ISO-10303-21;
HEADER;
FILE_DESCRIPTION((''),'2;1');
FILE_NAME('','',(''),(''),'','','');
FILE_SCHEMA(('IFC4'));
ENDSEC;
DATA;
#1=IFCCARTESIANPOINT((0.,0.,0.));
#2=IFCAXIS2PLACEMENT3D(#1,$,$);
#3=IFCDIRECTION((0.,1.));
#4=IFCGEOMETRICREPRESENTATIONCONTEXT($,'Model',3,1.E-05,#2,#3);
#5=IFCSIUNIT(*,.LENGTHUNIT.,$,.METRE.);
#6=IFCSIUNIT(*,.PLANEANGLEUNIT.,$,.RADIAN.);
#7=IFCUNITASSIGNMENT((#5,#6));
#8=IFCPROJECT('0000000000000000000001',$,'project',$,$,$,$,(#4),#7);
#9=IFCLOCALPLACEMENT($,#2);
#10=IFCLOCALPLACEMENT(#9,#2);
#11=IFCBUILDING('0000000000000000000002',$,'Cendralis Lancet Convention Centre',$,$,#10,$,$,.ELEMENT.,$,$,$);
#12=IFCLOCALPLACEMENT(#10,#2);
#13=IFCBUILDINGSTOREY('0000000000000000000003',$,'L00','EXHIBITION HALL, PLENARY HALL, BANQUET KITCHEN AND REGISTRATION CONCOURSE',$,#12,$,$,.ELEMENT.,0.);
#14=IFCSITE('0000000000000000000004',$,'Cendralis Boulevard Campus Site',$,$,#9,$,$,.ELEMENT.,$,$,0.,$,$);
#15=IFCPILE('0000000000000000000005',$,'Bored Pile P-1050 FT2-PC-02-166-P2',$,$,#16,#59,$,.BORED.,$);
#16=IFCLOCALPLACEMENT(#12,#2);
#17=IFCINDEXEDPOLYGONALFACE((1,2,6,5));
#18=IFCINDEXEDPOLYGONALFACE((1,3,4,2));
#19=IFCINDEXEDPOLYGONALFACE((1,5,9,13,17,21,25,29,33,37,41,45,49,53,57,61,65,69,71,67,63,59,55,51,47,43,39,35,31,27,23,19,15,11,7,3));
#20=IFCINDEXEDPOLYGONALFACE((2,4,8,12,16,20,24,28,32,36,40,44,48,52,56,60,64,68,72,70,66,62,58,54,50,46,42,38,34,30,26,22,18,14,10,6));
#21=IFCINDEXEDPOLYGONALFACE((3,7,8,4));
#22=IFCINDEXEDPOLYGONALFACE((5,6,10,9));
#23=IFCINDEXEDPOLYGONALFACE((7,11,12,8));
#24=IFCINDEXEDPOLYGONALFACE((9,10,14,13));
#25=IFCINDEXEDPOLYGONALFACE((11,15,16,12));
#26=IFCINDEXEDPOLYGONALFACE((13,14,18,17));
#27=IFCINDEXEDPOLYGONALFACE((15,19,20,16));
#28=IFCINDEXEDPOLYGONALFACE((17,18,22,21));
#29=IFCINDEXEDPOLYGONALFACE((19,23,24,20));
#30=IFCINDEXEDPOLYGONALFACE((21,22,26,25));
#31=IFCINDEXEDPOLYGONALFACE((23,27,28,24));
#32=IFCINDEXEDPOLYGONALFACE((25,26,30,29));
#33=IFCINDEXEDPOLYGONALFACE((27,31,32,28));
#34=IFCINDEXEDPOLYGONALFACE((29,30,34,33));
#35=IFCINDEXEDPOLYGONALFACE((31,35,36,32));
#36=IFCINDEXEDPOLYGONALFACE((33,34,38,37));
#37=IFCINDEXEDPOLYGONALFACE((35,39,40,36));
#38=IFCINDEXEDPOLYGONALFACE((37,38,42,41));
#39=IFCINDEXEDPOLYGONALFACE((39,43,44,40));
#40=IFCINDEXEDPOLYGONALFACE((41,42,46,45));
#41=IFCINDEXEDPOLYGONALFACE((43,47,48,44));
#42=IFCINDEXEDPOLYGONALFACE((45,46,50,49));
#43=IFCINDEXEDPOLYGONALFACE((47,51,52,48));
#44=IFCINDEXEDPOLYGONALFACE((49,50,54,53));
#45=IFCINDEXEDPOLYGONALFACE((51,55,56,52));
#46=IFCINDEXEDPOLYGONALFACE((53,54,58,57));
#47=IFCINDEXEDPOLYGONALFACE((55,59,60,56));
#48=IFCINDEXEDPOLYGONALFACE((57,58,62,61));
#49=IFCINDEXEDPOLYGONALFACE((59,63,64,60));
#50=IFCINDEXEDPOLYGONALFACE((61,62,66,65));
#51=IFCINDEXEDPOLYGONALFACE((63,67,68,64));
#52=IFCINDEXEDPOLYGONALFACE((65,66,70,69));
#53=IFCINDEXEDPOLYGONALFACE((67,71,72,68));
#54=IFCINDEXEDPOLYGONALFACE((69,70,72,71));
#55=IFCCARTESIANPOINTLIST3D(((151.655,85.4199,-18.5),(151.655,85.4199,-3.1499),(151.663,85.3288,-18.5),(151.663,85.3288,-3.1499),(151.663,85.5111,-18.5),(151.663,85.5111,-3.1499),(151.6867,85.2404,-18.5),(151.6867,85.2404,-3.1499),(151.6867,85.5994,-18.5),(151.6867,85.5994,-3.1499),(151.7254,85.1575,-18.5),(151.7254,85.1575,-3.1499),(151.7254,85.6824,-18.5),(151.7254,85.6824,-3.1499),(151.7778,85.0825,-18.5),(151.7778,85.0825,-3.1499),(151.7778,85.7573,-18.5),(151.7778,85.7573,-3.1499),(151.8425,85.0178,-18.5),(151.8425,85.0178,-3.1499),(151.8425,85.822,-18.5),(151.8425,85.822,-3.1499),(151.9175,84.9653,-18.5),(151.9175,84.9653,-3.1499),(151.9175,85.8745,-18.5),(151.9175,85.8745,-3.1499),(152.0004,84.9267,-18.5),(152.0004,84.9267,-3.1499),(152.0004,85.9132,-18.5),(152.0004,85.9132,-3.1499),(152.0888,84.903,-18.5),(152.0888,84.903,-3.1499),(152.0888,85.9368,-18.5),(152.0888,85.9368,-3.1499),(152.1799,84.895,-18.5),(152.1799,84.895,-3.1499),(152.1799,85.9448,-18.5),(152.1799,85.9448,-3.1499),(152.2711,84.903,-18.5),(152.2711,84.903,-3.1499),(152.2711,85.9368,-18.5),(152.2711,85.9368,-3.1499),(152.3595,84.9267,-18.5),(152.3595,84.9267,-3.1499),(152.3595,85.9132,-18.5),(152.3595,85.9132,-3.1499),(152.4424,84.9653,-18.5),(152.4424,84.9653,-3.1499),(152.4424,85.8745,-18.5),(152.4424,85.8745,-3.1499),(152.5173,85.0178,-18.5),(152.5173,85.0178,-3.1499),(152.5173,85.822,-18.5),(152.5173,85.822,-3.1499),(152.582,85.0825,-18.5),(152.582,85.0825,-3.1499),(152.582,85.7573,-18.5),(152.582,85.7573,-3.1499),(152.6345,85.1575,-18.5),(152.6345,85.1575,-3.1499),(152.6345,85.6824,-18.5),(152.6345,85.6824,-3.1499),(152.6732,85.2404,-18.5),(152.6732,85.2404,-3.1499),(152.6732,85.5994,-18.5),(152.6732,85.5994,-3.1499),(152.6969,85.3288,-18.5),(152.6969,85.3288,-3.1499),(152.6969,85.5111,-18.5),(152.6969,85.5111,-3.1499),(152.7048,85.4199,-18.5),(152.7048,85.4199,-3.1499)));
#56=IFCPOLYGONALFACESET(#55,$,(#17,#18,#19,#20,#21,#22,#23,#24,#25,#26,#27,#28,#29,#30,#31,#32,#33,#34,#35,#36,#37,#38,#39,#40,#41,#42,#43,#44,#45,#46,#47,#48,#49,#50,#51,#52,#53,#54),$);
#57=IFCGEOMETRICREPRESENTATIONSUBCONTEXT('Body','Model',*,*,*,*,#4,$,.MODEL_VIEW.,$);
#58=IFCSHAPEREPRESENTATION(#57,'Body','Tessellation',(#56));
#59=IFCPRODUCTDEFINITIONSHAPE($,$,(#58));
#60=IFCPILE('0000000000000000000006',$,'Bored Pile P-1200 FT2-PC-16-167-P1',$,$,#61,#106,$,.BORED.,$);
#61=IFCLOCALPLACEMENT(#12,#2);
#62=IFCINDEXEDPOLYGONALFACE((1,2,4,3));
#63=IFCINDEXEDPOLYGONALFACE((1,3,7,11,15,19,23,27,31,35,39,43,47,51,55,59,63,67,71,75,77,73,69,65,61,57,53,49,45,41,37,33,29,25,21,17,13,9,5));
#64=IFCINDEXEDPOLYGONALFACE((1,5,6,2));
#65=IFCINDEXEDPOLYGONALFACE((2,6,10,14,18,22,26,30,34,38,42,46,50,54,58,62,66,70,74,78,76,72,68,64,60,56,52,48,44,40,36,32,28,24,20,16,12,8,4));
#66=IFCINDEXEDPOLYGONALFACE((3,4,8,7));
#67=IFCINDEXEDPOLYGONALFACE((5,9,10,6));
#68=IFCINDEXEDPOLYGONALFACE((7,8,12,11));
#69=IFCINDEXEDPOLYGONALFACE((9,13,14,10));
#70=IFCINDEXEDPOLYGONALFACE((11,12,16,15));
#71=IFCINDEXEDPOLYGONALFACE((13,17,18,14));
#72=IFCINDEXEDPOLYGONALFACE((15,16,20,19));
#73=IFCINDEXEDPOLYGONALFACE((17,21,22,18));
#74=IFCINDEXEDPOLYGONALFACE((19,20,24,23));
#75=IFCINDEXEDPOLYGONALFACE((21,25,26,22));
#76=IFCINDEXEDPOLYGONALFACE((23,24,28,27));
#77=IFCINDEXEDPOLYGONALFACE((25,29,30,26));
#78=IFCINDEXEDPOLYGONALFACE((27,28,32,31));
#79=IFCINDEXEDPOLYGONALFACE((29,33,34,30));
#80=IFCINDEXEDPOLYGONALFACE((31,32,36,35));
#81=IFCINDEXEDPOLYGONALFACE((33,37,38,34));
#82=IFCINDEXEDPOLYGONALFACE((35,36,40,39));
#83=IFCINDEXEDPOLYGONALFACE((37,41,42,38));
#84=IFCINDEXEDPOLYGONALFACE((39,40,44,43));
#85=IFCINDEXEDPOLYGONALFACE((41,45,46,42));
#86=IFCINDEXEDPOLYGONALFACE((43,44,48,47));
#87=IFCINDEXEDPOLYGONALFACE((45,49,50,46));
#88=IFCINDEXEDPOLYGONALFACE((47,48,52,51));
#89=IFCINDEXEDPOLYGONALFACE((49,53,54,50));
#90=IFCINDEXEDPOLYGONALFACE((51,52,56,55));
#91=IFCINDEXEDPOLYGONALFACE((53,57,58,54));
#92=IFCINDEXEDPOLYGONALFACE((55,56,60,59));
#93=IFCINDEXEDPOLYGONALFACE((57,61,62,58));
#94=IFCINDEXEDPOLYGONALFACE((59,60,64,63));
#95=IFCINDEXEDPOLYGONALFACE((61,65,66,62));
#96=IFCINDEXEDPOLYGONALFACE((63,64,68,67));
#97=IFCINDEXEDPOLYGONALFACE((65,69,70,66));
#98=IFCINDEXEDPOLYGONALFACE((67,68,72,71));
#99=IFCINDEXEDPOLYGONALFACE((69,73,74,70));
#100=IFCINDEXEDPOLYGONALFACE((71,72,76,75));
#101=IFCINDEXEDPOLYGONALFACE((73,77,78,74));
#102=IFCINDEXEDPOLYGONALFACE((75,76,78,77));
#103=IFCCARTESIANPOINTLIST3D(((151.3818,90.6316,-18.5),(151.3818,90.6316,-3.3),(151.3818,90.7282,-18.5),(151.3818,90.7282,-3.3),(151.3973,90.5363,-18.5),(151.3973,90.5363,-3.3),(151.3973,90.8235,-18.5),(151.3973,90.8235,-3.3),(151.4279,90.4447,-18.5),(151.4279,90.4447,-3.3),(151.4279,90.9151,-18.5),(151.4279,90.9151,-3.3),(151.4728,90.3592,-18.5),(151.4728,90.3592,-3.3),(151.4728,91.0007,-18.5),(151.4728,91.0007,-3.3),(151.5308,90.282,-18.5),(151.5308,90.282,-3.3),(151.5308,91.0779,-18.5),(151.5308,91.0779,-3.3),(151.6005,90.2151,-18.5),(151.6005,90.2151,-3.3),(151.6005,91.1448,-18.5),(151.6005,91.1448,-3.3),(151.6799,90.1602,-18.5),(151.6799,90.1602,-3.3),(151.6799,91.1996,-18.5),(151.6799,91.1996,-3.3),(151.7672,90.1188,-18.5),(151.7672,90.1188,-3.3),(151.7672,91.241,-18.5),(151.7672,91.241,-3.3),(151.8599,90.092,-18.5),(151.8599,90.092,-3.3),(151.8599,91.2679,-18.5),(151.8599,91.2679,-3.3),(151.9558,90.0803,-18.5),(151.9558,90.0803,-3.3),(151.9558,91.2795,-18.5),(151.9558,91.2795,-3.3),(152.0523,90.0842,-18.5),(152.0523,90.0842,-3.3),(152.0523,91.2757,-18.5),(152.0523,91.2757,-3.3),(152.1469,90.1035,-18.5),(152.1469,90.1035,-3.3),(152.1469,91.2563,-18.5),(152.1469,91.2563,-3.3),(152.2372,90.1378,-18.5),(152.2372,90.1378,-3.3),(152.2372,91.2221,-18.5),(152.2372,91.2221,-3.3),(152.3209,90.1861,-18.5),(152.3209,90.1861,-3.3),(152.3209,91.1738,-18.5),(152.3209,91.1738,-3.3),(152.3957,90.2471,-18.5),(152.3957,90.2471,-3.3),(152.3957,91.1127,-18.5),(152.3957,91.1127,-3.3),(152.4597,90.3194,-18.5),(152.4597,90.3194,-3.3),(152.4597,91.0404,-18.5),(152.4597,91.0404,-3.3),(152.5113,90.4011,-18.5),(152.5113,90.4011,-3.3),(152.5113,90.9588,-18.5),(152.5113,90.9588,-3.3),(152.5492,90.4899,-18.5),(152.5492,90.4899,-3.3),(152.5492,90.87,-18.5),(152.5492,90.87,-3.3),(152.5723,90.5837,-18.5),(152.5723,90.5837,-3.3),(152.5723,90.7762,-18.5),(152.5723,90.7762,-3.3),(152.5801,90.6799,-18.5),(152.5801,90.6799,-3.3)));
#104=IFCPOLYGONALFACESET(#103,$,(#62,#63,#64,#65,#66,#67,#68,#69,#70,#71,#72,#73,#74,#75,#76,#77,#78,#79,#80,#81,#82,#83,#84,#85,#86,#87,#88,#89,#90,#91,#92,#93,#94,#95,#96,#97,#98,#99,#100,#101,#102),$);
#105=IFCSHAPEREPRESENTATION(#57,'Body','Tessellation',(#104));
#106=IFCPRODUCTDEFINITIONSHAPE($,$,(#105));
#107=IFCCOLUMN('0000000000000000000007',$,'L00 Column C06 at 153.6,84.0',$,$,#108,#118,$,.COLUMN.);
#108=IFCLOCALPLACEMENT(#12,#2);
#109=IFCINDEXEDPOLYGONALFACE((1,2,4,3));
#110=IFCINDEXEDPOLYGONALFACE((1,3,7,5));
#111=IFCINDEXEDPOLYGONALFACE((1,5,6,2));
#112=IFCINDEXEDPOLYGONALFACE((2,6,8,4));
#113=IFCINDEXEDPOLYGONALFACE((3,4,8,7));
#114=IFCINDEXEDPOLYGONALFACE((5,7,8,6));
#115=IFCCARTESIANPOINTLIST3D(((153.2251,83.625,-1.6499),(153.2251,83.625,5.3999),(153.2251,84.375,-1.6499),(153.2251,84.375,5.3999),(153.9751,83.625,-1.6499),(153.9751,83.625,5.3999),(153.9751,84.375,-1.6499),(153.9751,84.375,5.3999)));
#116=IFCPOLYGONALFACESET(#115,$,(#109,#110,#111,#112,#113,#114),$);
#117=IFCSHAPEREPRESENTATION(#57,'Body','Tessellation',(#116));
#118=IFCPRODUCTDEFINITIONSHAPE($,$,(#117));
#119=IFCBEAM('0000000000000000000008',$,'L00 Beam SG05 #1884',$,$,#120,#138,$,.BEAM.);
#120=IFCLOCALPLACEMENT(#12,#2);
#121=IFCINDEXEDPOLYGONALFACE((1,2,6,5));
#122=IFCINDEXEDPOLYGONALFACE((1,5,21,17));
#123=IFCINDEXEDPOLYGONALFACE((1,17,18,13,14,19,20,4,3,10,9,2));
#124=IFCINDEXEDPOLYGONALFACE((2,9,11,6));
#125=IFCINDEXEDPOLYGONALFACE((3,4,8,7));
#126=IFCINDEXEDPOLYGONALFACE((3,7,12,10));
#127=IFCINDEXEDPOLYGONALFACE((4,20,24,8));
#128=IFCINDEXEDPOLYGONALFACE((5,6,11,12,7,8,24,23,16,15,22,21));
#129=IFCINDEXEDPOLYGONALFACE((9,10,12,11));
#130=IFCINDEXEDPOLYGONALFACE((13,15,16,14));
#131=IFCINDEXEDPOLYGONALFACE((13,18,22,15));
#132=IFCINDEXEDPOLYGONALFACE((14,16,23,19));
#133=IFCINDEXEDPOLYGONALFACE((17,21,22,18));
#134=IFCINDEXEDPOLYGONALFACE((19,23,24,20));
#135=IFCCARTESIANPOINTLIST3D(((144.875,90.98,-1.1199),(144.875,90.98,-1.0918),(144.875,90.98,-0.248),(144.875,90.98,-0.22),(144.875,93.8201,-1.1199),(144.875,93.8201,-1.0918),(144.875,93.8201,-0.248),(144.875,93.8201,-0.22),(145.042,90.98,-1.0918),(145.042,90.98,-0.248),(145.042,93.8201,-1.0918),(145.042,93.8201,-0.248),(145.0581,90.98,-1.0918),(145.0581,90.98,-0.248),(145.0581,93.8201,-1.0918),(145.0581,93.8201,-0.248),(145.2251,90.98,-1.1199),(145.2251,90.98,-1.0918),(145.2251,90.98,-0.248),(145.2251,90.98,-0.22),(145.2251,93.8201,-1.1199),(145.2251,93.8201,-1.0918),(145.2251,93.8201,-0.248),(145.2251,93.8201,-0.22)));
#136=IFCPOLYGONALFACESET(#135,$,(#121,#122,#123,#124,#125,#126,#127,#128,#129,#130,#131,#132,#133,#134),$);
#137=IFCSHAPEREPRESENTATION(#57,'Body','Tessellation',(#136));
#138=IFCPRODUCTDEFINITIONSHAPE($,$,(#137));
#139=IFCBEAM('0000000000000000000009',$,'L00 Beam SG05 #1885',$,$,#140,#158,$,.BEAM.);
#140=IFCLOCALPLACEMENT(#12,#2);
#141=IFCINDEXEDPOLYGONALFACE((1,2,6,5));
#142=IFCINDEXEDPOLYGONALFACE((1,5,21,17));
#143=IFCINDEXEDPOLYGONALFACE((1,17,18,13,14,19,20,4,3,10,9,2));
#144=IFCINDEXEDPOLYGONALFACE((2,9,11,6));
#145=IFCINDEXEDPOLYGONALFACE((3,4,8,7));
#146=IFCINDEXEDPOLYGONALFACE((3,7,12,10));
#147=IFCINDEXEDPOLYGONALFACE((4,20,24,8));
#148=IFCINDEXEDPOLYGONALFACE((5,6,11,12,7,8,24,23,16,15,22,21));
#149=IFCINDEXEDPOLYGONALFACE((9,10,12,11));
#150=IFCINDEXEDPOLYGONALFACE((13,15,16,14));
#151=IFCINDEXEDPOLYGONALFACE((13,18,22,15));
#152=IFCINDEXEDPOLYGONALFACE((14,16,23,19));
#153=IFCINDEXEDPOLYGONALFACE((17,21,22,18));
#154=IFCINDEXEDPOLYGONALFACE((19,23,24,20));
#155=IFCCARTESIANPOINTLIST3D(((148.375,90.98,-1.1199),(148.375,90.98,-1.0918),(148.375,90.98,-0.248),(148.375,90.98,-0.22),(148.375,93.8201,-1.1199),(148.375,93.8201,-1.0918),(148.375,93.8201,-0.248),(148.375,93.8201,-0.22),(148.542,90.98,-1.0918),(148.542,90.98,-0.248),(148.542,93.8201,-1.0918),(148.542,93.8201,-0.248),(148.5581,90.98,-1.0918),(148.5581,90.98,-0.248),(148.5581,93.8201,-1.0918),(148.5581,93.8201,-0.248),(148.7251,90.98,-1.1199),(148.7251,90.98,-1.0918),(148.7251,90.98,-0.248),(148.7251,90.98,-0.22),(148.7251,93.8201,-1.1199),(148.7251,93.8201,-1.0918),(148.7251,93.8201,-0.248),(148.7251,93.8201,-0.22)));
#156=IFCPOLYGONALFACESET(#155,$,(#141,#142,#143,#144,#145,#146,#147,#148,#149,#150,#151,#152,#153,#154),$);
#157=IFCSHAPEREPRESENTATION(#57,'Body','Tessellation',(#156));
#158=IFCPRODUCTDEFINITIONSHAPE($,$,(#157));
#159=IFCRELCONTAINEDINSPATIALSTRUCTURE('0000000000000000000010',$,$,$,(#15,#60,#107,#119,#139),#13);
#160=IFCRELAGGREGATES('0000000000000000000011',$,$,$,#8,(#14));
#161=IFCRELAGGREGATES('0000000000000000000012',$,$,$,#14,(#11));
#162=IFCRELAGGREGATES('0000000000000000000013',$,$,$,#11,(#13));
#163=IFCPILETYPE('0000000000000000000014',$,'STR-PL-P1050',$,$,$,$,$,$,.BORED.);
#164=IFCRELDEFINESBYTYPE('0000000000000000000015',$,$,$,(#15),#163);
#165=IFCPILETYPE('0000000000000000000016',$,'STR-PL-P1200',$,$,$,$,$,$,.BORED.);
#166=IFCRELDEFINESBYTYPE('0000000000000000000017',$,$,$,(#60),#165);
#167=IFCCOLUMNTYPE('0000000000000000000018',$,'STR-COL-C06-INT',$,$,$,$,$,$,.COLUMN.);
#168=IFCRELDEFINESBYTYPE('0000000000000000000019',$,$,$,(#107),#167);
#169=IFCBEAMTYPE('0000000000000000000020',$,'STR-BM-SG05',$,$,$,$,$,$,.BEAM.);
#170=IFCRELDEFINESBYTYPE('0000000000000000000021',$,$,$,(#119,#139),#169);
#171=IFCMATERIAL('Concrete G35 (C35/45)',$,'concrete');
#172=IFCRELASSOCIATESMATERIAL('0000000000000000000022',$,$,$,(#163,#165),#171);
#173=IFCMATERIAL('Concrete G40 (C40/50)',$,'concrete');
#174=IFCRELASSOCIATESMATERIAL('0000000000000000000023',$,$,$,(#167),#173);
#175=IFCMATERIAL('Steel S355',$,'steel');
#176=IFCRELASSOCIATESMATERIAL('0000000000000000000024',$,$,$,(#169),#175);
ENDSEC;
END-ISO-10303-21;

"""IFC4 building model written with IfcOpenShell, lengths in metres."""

from ifc_helpers import new_model, si_unit, direction, frame, origin, origin_2d, place, context, subcontext, project, spatial, rectangle, circle, i_section, extrude, material, material_profile, profile_set, type_object, element, save


model = new_model("IFC4")

# Units and contexts
model_context = context("Model", 3, precision=1e-05, world=origin(), true_north=direction((0.0, 1.0)))
body_context = subcontext(model_context, "Body", "Model", "MODEL_VIEW")
ifc_project = project(units=[si_unit("LENGTHUNIT", "METRE"), si_unit("PLANEANGLEUNIT", "RADIAN")], contexts=[model_context])

# Site, building, storey
site_placement = place(None, origin())
site = spatial("IfcSite", under=ifc_project, at=site_placement, Name="Cendralis Boulevard Campus Site", CompositionType="ELEMENT", RefElevation=0.0)
building_placement = place(site_placement, origin())
building = spatial("IfcBuilding", under=site, at=building_placement, Name="Cendralis Lancet Convention Centre", CompositionType="ELEMENT")
storey_placement = place(building_placement, origin())
storey = spatial("IfcBuildingStorey", under=building, at=storey_placement, Name="L00", Description="EXHIBITION HALL, PLENARY HALL, BANQUET KITCHEN AND REGISTRATION CONCOURSE", CompositionType="ELEMENT", Elevation=0.0)

# Shared definitions
ifc_material_1 = material(Name="Concrete G35 (C35/45)", Category="concrete")

# Piles
ifc_material_profile_1 = material_profile(ifc_material_1, circle(Radius=0.5249, at=origin_2d()), Name="BORED PILE D1050")
ifc_profile_set_1 = profile_set([ifc_material_profile_1], Name="Concrete G35 (C35/45)")
pile_type_1 = type_object("IfcPileType", Name="STR-PL-P1050", PredefinedType="BORED", material=ifc_profile_set_1)
for number, where, z_axis, x_axis, name in (
    (1, (152.1799, 85.4199, -3.1499), (0.0, 0.0, -1.0), (1.0, 0.0, 0.0), "Bored Pile P-1050 FT2-PC-02-166-P2"),
):
    element("IfcPile", number, at=place(storey_placement, frame(where, z_axis=z_axis, x_axis=x_axis)), inside=storey, type_object=pile_type_1, Name=name, PredefinedType="BORED", context=body_context, shape_type="SweptSolid", body=[
        extrude(circle(Radius=0.5249, at=origin_2d()), origin(), (0.0, 0.0, 1.0), 15.3501),
    ])
ifc_material_profile_2 = material_profile(ifc_material_1, circle(Radius=0.6001, at=origin_2d()), Name="BORED PILE D1200")
ifc_profile_set_2 = profile_set([ifc_material_profile_2], Name="Concrete G35 (C35/45)")
pile_type_2 = type_object("IfcPileType", Name="STR-PL-P1200", PredefinedType="BORED", material=ifc_profile_set_2)
pile_placement = place(storey_placement, frame((151.98, 90.6799, -3.3), z_axis=(0.0, 0.0, -1.0), x_axis=(1.0, 0.0, 0.0)))
element("IfcPile", 2, at=pile_placement, inside=storey, type_object=pile_type_2, Name="Bored Pile P-1200 FT2-PC-16-167-P1", PredefinedType="BORED", context=body_context, shape_type="SweptSolid", body=[
    extrude(circle(Radius=0.6001, at=origin_2d()), origin(), (0.0, 0.0, 1.0), 15.2),
])

# Column
ifc_material_2 = material(Name="Concrete G40 (C40/50)", Category="concrete")
ifc_material_profile_3 = material_profile(ifc_material_2, rectangle(XDim=0.75, YDim=0.75, at=origin_2d()), Name="RC 750x750")
ifc_profile_set_3 = profile_set([ifc_material_profile_3], Name="Concrete G40 (C40/50)")
column_type = type_object("IfcColumnType", Name="STR-COL-C06-INT", PredefinedType="COLUMN", material=ifc_profile_set_3)
column_placement = place(storey_placement, frame((153.6001, 84.0, -1.6499), z_axis=(0.0, 0.0, 1.0), x_axis=(1.0, 0.0, 0.0)))
element("IfcColumn", 3, at=column_placement, inside=storey, type_object=column_type, Name="L00 Column C06 at 153.6,84.0", PredefinedType="COLUMN", context=body_context, shape_type="SweptSolid", body=[
    extrude(rectangle(XDim=0.75, YDim=0.75, at=origin_2d()), origin(), (0.0, 0.0, 1.0), 7.0498),
])

# Beams
ifc_material_3 = material(Name="Steel S355", Category="steel")
ifc_material_profile_4 = material_profile(ifc_material_3, i_section(OverallWidth=0.3501, OverallDepth=0.8999, WebThickness=0.0161, FlangeThickness=0.0281, at=origin_2d()), Name="PG 900x350")
ifc_profile_set_4 = profile_set([ifc_material_profile_4], Name="Steel S355")
beam_type_1 = type_object("IfcBeamType", Name="STR-BM-SG05", PredefinedType="BEAM", material=ifc_profile_set_4)
for number, where, z_axis, x_axis, name in (
    (4, (145.05, 90.98, -0.6699), (0.0, 1.0, 0.0), (-1.0, 0.0, 0.0), "L00 Beam SG05 #1884"),
    (5, (148.55, 90.98, -0.6699), (0.0, 1.0, 0.0), (-1.0, 0.0, 0.0), "L00 Beam SG05 #1885"),
):
    element("IfcBeam", number, at=place(storey_placement, frame(where, z_axis=z_axis, x_axis=x_axis)), inside=storey, type_object=beam_type_1, Name=name, PredefinedType="BEAM", context=body_context, shape_type="SweptSolid", body=[
        extrude(i_section(OverallWidth=0.3501, OverallDepth=0.8999, WebThickness=0.0161, FlangeThickness=0.0281, at=origin_2d()), origin(), (0.0, 0.0, 1.0), 2.8401),
    ])

save(model, "model.ifc")
